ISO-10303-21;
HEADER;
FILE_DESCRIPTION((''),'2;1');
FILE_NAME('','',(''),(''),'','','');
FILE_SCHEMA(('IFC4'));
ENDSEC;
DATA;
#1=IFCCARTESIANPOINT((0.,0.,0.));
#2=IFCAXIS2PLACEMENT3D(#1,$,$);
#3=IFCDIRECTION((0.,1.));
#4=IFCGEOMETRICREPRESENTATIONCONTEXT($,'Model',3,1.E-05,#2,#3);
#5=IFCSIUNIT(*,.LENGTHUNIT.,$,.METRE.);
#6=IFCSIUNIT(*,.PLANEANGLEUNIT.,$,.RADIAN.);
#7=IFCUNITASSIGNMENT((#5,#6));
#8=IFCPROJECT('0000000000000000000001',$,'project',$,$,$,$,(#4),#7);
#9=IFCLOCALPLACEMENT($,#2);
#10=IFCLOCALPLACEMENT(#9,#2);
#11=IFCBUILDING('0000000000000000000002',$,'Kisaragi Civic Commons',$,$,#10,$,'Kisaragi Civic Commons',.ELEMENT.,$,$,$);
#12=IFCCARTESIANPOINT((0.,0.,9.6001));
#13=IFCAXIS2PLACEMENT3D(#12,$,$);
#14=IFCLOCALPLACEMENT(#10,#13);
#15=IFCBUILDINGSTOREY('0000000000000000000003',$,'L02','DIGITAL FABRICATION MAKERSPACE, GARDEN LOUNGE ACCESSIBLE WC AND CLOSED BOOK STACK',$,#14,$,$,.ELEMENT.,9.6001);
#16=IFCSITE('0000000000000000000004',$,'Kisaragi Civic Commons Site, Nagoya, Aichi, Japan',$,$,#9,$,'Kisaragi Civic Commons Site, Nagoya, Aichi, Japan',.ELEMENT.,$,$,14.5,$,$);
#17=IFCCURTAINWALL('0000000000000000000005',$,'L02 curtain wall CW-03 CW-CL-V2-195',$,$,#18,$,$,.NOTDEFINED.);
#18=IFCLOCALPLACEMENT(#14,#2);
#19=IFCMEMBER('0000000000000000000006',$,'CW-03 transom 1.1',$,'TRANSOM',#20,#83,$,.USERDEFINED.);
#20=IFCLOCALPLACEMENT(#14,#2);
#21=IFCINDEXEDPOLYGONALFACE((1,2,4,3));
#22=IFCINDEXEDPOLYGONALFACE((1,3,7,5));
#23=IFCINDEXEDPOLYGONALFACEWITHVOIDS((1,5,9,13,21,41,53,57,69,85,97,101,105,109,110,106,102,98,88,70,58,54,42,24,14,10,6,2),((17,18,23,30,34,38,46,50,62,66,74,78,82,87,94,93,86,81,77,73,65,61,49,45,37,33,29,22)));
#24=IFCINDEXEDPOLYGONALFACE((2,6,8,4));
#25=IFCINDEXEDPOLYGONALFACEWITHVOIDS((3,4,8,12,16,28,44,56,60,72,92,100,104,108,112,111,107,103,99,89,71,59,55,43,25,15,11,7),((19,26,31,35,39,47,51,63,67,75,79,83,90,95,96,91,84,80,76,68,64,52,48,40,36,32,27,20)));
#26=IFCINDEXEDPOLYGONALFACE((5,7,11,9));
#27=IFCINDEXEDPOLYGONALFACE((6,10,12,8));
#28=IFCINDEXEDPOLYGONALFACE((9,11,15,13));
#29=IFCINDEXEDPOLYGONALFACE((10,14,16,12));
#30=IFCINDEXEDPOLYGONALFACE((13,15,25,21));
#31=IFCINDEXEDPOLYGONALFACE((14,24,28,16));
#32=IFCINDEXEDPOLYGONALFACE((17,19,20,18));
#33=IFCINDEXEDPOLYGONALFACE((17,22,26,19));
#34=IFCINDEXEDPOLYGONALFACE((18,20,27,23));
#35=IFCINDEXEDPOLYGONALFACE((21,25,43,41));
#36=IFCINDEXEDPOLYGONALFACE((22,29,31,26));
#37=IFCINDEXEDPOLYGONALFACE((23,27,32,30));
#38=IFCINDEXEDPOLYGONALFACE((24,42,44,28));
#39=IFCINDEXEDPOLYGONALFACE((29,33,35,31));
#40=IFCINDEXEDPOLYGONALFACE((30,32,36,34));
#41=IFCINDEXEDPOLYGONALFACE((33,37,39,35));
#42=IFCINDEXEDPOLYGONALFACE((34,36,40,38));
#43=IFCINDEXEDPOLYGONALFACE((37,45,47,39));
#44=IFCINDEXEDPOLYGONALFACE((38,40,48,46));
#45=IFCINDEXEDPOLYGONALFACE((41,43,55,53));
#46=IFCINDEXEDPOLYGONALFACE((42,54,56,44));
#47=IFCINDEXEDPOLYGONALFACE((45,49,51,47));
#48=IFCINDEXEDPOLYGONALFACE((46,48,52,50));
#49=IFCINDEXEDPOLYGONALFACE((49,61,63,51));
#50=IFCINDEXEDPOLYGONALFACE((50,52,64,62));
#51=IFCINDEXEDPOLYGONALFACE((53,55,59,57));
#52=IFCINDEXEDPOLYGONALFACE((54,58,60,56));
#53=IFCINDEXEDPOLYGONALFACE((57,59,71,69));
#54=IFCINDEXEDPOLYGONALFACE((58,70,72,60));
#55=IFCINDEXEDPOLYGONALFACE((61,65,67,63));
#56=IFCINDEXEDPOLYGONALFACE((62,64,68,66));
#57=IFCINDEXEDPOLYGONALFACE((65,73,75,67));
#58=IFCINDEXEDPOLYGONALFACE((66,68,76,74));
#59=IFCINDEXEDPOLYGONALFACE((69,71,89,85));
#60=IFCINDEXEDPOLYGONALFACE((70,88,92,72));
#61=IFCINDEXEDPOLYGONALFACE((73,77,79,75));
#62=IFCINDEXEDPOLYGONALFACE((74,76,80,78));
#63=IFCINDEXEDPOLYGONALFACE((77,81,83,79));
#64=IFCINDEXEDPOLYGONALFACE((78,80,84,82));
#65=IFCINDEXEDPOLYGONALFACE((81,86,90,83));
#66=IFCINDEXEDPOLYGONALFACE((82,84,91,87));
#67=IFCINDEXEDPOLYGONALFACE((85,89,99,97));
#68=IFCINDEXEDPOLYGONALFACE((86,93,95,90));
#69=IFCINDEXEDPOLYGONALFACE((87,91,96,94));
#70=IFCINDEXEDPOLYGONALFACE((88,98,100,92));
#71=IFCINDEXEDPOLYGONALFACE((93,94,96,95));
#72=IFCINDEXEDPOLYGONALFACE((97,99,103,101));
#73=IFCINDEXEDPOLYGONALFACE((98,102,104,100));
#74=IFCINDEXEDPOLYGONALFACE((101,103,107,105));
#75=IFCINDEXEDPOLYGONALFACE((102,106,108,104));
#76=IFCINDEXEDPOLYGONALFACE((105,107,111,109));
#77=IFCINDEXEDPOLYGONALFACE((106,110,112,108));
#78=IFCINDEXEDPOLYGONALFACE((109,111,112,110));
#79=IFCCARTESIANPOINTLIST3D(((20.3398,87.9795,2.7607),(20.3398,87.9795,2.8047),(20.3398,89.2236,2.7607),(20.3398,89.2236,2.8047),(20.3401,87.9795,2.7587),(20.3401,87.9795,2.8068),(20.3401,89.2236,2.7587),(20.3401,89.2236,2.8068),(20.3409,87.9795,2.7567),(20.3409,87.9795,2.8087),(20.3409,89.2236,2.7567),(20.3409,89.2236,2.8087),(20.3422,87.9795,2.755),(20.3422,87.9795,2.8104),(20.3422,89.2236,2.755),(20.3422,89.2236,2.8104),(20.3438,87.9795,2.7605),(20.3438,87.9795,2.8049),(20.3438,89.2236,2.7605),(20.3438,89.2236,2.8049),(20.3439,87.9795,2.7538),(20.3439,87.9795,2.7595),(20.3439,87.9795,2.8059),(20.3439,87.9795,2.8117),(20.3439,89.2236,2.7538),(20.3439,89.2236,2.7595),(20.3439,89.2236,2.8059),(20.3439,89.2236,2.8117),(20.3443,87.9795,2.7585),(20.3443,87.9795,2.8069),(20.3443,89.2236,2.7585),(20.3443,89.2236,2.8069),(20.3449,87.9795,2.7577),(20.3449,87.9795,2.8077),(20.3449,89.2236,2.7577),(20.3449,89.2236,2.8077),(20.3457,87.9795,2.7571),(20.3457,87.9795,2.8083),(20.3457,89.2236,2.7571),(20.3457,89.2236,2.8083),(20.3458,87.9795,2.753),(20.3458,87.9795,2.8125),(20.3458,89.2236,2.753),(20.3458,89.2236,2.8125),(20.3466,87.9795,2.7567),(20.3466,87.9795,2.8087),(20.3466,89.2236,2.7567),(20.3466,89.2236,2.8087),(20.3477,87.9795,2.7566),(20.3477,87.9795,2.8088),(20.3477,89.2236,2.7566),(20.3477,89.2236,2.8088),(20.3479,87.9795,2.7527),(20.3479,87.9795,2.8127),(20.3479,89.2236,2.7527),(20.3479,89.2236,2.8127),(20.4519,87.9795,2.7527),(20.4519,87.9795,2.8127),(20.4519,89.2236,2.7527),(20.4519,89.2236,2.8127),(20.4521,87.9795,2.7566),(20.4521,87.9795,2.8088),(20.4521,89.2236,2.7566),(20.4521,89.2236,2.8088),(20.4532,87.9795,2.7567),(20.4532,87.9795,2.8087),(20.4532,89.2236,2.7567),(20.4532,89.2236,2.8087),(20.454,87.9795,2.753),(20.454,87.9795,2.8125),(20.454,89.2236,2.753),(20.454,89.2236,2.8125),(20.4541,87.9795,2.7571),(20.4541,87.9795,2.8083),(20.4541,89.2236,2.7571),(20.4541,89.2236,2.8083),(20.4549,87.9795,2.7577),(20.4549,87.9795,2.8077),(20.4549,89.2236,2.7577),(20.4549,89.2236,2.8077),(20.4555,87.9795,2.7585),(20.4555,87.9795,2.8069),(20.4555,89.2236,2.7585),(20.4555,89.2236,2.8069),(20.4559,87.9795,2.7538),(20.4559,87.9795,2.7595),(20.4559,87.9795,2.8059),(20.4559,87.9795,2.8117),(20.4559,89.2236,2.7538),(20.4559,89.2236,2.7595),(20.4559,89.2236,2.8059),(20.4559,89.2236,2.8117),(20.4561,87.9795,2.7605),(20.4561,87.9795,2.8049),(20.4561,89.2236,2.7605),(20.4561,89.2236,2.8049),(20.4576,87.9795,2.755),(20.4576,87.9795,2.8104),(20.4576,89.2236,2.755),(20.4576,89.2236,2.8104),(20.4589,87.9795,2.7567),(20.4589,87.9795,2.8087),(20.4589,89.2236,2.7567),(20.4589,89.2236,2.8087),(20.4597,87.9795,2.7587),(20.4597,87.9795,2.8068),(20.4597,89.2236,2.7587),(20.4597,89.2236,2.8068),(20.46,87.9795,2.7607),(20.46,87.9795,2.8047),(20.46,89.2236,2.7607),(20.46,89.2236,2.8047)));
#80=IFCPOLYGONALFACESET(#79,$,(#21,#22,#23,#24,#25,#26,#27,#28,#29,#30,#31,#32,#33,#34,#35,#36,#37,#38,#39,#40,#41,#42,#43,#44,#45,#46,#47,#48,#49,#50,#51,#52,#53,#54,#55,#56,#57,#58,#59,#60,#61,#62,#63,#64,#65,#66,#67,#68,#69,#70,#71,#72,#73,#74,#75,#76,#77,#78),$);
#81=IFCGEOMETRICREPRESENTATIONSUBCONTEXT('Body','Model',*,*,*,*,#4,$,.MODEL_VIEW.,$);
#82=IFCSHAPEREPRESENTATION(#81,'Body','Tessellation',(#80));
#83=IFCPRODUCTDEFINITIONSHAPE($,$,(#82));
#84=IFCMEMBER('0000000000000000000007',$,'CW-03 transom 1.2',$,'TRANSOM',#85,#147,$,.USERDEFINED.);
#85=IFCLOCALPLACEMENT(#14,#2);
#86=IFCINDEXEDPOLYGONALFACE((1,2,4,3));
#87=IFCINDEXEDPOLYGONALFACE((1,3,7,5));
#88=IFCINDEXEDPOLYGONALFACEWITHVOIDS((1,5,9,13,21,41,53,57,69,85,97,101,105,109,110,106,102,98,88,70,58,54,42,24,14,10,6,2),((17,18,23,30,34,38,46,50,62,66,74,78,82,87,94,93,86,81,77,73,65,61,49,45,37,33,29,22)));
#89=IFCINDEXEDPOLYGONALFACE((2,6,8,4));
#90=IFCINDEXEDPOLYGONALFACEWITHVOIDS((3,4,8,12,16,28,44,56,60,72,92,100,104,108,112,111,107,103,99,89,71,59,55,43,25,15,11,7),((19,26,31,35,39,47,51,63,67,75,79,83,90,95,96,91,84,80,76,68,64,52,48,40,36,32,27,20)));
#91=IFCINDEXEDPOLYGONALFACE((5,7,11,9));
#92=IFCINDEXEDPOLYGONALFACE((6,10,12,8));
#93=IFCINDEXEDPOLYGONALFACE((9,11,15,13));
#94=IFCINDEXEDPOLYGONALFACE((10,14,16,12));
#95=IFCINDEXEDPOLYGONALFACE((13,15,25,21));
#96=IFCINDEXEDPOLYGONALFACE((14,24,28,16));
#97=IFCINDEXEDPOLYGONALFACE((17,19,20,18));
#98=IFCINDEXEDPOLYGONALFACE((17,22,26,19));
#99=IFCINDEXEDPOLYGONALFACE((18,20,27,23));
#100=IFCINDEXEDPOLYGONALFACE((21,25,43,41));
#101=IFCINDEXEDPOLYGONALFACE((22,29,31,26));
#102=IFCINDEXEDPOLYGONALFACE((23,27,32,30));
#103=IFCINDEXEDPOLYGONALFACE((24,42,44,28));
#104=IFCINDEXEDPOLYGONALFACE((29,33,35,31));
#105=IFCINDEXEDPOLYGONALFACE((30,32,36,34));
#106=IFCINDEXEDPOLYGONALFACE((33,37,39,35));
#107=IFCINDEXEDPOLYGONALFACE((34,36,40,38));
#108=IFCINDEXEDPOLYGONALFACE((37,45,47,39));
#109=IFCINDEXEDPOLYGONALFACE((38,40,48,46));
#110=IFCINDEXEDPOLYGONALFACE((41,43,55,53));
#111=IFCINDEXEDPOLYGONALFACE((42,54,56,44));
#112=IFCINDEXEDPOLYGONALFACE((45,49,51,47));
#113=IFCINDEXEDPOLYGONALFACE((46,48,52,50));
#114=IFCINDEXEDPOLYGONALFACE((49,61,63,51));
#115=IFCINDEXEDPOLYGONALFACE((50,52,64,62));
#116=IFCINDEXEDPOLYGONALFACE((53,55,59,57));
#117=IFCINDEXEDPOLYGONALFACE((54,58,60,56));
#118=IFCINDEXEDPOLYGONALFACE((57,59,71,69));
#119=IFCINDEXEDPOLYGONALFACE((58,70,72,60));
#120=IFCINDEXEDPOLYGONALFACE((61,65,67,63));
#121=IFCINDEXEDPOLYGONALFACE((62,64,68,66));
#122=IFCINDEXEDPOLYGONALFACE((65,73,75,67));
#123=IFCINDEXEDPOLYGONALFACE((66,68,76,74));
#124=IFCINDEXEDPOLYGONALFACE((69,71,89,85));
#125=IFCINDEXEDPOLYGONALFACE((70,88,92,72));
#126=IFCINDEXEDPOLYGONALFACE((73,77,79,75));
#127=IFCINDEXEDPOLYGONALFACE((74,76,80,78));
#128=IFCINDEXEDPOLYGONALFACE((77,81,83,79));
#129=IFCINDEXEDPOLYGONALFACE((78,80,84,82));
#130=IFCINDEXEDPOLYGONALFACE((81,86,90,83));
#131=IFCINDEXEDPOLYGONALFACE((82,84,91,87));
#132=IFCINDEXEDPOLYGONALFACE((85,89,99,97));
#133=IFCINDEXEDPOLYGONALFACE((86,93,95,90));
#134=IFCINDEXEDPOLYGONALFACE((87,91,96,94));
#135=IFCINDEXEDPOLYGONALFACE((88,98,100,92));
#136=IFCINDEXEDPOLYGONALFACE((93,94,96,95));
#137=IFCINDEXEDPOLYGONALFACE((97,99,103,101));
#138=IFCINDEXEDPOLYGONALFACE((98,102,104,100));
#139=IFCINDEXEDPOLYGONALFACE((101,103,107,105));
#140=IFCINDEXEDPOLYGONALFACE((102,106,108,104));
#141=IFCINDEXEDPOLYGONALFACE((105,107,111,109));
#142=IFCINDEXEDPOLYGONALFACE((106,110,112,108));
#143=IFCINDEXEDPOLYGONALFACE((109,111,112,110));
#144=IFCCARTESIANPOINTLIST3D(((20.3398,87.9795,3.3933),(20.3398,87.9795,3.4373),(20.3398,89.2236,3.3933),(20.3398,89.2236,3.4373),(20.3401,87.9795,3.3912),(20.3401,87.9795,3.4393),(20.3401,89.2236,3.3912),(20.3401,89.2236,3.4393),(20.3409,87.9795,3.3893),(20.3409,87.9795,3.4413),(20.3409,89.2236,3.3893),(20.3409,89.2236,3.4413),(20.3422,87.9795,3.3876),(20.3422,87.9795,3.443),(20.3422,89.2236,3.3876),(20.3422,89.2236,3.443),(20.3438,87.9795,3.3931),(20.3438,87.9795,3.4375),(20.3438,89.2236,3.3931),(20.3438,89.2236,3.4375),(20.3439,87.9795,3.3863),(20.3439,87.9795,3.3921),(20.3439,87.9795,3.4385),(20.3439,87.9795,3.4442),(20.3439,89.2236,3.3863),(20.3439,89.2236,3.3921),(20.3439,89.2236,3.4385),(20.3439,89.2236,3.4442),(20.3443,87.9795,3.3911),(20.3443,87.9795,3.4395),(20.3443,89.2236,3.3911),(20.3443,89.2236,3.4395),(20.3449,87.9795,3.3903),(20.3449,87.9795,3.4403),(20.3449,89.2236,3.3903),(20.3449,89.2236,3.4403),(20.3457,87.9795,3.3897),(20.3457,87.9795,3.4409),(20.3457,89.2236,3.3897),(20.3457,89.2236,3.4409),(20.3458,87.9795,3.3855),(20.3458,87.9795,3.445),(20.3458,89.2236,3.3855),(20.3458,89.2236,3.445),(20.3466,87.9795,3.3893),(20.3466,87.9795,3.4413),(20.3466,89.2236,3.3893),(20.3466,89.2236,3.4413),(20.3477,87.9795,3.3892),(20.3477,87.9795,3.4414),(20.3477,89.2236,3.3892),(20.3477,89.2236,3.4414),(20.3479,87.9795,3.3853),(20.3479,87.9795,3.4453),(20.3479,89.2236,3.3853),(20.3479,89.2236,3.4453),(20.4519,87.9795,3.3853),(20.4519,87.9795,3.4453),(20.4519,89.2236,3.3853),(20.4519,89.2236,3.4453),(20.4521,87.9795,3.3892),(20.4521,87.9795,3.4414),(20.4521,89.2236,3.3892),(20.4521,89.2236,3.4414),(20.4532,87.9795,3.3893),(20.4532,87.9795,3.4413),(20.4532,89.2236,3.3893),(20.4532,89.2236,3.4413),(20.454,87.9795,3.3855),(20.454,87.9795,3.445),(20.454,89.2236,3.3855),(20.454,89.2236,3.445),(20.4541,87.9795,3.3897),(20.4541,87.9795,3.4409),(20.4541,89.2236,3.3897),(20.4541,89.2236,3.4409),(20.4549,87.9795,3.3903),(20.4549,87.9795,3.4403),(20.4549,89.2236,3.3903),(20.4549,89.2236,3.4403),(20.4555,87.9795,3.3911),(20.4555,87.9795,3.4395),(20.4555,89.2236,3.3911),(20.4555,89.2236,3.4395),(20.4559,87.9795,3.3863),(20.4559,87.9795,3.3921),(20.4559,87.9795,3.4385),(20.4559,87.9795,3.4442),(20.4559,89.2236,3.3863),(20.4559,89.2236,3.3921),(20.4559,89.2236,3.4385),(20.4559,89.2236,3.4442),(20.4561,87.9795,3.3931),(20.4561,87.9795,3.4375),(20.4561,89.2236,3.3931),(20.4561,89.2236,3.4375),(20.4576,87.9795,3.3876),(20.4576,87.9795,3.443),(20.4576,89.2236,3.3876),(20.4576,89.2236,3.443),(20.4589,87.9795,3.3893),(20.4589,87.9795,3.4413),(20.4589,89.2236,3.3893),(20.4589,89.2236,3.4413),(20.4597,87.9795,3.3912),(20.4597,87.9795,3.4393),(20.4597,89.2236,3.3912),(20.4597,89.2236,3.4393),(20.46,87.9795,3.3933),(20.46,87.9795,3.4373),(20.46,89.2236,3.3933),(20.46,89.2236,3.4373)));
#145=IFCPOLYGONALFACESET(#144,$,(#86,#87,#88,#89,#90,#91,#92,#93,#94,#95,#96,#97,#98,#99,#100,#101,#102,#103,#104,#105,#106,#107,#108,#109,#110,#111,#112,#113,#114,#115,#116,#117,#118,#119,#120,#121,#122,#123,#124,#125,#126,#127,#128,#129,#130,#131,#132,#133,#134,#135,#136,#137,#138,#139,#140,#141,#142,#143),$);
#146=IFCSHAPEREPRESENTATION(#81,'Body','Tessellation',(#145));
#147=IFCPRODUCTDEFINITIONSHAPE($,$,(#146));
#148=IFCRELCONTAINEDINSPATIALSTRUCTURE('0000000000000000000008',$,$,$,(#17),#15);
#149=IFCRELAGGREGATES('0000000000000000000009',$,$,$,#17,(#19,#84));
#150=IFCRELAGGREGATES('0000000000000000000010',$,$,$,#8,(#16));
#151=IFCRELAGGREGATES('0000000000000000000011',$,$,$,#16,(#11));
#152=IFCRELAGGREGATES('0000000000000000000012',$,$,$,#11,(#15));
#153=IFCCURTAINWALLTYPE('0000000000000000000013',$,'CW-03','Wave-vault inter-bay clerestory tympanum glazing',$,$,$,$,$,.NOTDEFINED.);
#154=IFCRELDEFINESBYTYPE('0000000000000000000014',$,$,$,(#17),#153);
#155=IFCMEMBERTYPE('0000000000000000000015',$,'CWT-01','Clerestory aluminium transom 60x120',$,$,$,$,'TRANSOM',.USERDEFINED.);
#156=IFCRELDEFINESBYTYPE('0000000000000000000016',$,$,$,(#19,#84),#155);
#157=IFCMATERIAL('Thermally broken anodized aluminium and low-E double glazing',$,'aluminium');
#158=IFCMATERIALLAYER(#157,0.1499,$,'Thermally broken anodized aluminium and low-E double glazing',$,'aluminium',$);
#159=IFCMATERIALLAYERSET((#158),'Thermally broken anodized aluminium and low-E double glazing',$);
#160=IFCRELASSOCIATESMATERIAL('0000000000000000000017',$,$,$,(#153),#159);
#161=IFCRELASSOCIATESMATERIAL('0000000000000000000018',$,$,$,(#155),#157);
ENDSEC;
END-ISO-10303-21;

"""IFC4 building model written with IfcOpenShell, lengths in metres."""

from ifc_helpers import new_model, si_unit, direction, frame, origin, origin_2d, place, context, subcontext, project, spatial, hollow_rectangle, extrude, material, layer, layer_set, material_profile, profile_set, type_object, element, aggregate, save


model = new_model("IFC4")

# Units and contexts
model_context = context("Model", 3, precision=1e-05, world=origin(), true_north=direction((0.0, 1.0)))
body_context = subcontext(model_context, "Body", "Model", "MODEL_VIEW")
ifc_project = project(units=[si_unit("LENGTHUNIT", "METRE"), si_unit("PLANEANGLEUNIT", "RADIAN")], contexts=[model_context])

# Site, building, storey
site_placement = place(None, origin())
site = spatial("IfcSite", under=ifc_project, at=site_placement, Name="Kisaragi Civic Commons Site, Nagoya, Aichi, Japan", LongName="Kisaragi Civic Commons Site, Nagoya, Aichi, Japan", CompositionType="ELEMENT", RefElevation=14.5)
building_placement = place(site_placement, origin())
building = spatial("IfcBuilding", under=site, at=building_placement, Name="Kisaragi Civic Commons", LongName="Kisaragi Civic Commons", CompositionType="ELEMENT")
storey_placement = place(building_placement, frame((0.0, 0.0, 9.6001)))
storey = spatial("IfcBuildingStorey", under=building, at=storey_placement, Name="L02", Description="DIGITAL FABRICATION MAKERSPACE, GARDEN LOUNGE ACCESSIBLE WC AND CLOSED BOOK STACK", CompositionType="ELEMENT", Elevation=9.6001)

# Shared definitions
ifc_material_1 = material(Name="Thermally broken anodized aluminium and low-E double glazing", Category="aluminium")
ifc_layer_1 = layer(ifc_material_1, 0.1499, Name="Thermally broken anodized aluminium and low-E double glazing", Category="aluminium")
ifc_layer_set_1 = layer_set([ifc_layer_1], Name="Thermally broken anodized aluminium and low-E double glazing")
curtain_wall_type = type_object("IfcCurtainWallType", Name="CW-03", Description="Wave-vault inter-bay clerestory tympanum glazing", PredefinedType="NOTDEFINED", material=ifc_layer_set_1)

# Curtain wall
curtain_wall_1_placement = place(storey_placement, origin())
curtain_wall_1 = element("IfcCurtainWall", 1, at=curtain_wall_1_placement, inside=storey, type_object=curtain_wall_type, Name="L02 curtain wall CW-03 CW-CL-V2-195", PredefinedType="NOTDEFINED")

# Members
ifc_material_profile_1 = material_profile(ifc_material_1, hollow_rectangle(XDim=0.1201, YDim=0.0601, WallThickness=0.0039, InnerFilletRadius=0.0039, OuterFilletRadius=0.0081, at=origin_2d()), Name="CWT-60x120x4", Category="aluminium")
ifc_profile_set_1 = profile_set([ifc_material_profile_1], Name="Thermally broken anodized aluminium and low-E double glazing")
member_type_1 = type_object("IfcMemberType", Name="CWT-01", Description="Clerestory aluminium transom 60x120", ElementType="TRANSOM", PredefinedType="USERDEFINED", material=ifc_profile_set_1)
member_1_placement = place(storey_placement, frame((20.3999, 87.9795, 2.7827), z_axis=(0.0, 1.0, 0.0), x_axis=(-1.0, 0.0, 0.0)))
member_1 = element("IfcMember", 2, at=member_1_placement, type_object=member_type_1, Name="CW-03 transom 1.1", ObjectType="TRANSOM", PredefinedType="USERDEFINED", context=body_context, shape_type="SweptSolid", body=[
    extrude(hollow_rectangle(XDim=0.1201, YDim=0.0601, WallThickness=0.0039, InnerFilletRadius=0.0039, OuterFilletRadius=0.0081, at=origin_2d()), origin(), (0.0, 0.0, 1.0), 1.2441),
])
member_2_placement = place(storey_placement, frame((20.3999, 87.9795, 3.4153), z_axis=(0.0, 1.0, 0.0), x_axis=(-1.0, 0.0, 0.0)))
member_2 = element("IfcMember", 3, at=member_2_placement, type_object=member_type_1, Name="CW-03 transom 1.2", ObjectType="TRANSOM", PredefinedType="USERDEFINED", context=body_context, shape_type="SweptSolid", body=[
    extrude(hollow_rectangle(XDim=0.1201, YDim=0.0601, WallThickness=0.0039, InnerFilletRadius=0.0039, OuterFilletRadius=0.0081, at=origin_2d()), origin(), (0.0, 0.0, 1.0), 1.2441),
])

aggregate(curtain_wall_1, [member_1, member_2])

save(model, "model.ifc")
